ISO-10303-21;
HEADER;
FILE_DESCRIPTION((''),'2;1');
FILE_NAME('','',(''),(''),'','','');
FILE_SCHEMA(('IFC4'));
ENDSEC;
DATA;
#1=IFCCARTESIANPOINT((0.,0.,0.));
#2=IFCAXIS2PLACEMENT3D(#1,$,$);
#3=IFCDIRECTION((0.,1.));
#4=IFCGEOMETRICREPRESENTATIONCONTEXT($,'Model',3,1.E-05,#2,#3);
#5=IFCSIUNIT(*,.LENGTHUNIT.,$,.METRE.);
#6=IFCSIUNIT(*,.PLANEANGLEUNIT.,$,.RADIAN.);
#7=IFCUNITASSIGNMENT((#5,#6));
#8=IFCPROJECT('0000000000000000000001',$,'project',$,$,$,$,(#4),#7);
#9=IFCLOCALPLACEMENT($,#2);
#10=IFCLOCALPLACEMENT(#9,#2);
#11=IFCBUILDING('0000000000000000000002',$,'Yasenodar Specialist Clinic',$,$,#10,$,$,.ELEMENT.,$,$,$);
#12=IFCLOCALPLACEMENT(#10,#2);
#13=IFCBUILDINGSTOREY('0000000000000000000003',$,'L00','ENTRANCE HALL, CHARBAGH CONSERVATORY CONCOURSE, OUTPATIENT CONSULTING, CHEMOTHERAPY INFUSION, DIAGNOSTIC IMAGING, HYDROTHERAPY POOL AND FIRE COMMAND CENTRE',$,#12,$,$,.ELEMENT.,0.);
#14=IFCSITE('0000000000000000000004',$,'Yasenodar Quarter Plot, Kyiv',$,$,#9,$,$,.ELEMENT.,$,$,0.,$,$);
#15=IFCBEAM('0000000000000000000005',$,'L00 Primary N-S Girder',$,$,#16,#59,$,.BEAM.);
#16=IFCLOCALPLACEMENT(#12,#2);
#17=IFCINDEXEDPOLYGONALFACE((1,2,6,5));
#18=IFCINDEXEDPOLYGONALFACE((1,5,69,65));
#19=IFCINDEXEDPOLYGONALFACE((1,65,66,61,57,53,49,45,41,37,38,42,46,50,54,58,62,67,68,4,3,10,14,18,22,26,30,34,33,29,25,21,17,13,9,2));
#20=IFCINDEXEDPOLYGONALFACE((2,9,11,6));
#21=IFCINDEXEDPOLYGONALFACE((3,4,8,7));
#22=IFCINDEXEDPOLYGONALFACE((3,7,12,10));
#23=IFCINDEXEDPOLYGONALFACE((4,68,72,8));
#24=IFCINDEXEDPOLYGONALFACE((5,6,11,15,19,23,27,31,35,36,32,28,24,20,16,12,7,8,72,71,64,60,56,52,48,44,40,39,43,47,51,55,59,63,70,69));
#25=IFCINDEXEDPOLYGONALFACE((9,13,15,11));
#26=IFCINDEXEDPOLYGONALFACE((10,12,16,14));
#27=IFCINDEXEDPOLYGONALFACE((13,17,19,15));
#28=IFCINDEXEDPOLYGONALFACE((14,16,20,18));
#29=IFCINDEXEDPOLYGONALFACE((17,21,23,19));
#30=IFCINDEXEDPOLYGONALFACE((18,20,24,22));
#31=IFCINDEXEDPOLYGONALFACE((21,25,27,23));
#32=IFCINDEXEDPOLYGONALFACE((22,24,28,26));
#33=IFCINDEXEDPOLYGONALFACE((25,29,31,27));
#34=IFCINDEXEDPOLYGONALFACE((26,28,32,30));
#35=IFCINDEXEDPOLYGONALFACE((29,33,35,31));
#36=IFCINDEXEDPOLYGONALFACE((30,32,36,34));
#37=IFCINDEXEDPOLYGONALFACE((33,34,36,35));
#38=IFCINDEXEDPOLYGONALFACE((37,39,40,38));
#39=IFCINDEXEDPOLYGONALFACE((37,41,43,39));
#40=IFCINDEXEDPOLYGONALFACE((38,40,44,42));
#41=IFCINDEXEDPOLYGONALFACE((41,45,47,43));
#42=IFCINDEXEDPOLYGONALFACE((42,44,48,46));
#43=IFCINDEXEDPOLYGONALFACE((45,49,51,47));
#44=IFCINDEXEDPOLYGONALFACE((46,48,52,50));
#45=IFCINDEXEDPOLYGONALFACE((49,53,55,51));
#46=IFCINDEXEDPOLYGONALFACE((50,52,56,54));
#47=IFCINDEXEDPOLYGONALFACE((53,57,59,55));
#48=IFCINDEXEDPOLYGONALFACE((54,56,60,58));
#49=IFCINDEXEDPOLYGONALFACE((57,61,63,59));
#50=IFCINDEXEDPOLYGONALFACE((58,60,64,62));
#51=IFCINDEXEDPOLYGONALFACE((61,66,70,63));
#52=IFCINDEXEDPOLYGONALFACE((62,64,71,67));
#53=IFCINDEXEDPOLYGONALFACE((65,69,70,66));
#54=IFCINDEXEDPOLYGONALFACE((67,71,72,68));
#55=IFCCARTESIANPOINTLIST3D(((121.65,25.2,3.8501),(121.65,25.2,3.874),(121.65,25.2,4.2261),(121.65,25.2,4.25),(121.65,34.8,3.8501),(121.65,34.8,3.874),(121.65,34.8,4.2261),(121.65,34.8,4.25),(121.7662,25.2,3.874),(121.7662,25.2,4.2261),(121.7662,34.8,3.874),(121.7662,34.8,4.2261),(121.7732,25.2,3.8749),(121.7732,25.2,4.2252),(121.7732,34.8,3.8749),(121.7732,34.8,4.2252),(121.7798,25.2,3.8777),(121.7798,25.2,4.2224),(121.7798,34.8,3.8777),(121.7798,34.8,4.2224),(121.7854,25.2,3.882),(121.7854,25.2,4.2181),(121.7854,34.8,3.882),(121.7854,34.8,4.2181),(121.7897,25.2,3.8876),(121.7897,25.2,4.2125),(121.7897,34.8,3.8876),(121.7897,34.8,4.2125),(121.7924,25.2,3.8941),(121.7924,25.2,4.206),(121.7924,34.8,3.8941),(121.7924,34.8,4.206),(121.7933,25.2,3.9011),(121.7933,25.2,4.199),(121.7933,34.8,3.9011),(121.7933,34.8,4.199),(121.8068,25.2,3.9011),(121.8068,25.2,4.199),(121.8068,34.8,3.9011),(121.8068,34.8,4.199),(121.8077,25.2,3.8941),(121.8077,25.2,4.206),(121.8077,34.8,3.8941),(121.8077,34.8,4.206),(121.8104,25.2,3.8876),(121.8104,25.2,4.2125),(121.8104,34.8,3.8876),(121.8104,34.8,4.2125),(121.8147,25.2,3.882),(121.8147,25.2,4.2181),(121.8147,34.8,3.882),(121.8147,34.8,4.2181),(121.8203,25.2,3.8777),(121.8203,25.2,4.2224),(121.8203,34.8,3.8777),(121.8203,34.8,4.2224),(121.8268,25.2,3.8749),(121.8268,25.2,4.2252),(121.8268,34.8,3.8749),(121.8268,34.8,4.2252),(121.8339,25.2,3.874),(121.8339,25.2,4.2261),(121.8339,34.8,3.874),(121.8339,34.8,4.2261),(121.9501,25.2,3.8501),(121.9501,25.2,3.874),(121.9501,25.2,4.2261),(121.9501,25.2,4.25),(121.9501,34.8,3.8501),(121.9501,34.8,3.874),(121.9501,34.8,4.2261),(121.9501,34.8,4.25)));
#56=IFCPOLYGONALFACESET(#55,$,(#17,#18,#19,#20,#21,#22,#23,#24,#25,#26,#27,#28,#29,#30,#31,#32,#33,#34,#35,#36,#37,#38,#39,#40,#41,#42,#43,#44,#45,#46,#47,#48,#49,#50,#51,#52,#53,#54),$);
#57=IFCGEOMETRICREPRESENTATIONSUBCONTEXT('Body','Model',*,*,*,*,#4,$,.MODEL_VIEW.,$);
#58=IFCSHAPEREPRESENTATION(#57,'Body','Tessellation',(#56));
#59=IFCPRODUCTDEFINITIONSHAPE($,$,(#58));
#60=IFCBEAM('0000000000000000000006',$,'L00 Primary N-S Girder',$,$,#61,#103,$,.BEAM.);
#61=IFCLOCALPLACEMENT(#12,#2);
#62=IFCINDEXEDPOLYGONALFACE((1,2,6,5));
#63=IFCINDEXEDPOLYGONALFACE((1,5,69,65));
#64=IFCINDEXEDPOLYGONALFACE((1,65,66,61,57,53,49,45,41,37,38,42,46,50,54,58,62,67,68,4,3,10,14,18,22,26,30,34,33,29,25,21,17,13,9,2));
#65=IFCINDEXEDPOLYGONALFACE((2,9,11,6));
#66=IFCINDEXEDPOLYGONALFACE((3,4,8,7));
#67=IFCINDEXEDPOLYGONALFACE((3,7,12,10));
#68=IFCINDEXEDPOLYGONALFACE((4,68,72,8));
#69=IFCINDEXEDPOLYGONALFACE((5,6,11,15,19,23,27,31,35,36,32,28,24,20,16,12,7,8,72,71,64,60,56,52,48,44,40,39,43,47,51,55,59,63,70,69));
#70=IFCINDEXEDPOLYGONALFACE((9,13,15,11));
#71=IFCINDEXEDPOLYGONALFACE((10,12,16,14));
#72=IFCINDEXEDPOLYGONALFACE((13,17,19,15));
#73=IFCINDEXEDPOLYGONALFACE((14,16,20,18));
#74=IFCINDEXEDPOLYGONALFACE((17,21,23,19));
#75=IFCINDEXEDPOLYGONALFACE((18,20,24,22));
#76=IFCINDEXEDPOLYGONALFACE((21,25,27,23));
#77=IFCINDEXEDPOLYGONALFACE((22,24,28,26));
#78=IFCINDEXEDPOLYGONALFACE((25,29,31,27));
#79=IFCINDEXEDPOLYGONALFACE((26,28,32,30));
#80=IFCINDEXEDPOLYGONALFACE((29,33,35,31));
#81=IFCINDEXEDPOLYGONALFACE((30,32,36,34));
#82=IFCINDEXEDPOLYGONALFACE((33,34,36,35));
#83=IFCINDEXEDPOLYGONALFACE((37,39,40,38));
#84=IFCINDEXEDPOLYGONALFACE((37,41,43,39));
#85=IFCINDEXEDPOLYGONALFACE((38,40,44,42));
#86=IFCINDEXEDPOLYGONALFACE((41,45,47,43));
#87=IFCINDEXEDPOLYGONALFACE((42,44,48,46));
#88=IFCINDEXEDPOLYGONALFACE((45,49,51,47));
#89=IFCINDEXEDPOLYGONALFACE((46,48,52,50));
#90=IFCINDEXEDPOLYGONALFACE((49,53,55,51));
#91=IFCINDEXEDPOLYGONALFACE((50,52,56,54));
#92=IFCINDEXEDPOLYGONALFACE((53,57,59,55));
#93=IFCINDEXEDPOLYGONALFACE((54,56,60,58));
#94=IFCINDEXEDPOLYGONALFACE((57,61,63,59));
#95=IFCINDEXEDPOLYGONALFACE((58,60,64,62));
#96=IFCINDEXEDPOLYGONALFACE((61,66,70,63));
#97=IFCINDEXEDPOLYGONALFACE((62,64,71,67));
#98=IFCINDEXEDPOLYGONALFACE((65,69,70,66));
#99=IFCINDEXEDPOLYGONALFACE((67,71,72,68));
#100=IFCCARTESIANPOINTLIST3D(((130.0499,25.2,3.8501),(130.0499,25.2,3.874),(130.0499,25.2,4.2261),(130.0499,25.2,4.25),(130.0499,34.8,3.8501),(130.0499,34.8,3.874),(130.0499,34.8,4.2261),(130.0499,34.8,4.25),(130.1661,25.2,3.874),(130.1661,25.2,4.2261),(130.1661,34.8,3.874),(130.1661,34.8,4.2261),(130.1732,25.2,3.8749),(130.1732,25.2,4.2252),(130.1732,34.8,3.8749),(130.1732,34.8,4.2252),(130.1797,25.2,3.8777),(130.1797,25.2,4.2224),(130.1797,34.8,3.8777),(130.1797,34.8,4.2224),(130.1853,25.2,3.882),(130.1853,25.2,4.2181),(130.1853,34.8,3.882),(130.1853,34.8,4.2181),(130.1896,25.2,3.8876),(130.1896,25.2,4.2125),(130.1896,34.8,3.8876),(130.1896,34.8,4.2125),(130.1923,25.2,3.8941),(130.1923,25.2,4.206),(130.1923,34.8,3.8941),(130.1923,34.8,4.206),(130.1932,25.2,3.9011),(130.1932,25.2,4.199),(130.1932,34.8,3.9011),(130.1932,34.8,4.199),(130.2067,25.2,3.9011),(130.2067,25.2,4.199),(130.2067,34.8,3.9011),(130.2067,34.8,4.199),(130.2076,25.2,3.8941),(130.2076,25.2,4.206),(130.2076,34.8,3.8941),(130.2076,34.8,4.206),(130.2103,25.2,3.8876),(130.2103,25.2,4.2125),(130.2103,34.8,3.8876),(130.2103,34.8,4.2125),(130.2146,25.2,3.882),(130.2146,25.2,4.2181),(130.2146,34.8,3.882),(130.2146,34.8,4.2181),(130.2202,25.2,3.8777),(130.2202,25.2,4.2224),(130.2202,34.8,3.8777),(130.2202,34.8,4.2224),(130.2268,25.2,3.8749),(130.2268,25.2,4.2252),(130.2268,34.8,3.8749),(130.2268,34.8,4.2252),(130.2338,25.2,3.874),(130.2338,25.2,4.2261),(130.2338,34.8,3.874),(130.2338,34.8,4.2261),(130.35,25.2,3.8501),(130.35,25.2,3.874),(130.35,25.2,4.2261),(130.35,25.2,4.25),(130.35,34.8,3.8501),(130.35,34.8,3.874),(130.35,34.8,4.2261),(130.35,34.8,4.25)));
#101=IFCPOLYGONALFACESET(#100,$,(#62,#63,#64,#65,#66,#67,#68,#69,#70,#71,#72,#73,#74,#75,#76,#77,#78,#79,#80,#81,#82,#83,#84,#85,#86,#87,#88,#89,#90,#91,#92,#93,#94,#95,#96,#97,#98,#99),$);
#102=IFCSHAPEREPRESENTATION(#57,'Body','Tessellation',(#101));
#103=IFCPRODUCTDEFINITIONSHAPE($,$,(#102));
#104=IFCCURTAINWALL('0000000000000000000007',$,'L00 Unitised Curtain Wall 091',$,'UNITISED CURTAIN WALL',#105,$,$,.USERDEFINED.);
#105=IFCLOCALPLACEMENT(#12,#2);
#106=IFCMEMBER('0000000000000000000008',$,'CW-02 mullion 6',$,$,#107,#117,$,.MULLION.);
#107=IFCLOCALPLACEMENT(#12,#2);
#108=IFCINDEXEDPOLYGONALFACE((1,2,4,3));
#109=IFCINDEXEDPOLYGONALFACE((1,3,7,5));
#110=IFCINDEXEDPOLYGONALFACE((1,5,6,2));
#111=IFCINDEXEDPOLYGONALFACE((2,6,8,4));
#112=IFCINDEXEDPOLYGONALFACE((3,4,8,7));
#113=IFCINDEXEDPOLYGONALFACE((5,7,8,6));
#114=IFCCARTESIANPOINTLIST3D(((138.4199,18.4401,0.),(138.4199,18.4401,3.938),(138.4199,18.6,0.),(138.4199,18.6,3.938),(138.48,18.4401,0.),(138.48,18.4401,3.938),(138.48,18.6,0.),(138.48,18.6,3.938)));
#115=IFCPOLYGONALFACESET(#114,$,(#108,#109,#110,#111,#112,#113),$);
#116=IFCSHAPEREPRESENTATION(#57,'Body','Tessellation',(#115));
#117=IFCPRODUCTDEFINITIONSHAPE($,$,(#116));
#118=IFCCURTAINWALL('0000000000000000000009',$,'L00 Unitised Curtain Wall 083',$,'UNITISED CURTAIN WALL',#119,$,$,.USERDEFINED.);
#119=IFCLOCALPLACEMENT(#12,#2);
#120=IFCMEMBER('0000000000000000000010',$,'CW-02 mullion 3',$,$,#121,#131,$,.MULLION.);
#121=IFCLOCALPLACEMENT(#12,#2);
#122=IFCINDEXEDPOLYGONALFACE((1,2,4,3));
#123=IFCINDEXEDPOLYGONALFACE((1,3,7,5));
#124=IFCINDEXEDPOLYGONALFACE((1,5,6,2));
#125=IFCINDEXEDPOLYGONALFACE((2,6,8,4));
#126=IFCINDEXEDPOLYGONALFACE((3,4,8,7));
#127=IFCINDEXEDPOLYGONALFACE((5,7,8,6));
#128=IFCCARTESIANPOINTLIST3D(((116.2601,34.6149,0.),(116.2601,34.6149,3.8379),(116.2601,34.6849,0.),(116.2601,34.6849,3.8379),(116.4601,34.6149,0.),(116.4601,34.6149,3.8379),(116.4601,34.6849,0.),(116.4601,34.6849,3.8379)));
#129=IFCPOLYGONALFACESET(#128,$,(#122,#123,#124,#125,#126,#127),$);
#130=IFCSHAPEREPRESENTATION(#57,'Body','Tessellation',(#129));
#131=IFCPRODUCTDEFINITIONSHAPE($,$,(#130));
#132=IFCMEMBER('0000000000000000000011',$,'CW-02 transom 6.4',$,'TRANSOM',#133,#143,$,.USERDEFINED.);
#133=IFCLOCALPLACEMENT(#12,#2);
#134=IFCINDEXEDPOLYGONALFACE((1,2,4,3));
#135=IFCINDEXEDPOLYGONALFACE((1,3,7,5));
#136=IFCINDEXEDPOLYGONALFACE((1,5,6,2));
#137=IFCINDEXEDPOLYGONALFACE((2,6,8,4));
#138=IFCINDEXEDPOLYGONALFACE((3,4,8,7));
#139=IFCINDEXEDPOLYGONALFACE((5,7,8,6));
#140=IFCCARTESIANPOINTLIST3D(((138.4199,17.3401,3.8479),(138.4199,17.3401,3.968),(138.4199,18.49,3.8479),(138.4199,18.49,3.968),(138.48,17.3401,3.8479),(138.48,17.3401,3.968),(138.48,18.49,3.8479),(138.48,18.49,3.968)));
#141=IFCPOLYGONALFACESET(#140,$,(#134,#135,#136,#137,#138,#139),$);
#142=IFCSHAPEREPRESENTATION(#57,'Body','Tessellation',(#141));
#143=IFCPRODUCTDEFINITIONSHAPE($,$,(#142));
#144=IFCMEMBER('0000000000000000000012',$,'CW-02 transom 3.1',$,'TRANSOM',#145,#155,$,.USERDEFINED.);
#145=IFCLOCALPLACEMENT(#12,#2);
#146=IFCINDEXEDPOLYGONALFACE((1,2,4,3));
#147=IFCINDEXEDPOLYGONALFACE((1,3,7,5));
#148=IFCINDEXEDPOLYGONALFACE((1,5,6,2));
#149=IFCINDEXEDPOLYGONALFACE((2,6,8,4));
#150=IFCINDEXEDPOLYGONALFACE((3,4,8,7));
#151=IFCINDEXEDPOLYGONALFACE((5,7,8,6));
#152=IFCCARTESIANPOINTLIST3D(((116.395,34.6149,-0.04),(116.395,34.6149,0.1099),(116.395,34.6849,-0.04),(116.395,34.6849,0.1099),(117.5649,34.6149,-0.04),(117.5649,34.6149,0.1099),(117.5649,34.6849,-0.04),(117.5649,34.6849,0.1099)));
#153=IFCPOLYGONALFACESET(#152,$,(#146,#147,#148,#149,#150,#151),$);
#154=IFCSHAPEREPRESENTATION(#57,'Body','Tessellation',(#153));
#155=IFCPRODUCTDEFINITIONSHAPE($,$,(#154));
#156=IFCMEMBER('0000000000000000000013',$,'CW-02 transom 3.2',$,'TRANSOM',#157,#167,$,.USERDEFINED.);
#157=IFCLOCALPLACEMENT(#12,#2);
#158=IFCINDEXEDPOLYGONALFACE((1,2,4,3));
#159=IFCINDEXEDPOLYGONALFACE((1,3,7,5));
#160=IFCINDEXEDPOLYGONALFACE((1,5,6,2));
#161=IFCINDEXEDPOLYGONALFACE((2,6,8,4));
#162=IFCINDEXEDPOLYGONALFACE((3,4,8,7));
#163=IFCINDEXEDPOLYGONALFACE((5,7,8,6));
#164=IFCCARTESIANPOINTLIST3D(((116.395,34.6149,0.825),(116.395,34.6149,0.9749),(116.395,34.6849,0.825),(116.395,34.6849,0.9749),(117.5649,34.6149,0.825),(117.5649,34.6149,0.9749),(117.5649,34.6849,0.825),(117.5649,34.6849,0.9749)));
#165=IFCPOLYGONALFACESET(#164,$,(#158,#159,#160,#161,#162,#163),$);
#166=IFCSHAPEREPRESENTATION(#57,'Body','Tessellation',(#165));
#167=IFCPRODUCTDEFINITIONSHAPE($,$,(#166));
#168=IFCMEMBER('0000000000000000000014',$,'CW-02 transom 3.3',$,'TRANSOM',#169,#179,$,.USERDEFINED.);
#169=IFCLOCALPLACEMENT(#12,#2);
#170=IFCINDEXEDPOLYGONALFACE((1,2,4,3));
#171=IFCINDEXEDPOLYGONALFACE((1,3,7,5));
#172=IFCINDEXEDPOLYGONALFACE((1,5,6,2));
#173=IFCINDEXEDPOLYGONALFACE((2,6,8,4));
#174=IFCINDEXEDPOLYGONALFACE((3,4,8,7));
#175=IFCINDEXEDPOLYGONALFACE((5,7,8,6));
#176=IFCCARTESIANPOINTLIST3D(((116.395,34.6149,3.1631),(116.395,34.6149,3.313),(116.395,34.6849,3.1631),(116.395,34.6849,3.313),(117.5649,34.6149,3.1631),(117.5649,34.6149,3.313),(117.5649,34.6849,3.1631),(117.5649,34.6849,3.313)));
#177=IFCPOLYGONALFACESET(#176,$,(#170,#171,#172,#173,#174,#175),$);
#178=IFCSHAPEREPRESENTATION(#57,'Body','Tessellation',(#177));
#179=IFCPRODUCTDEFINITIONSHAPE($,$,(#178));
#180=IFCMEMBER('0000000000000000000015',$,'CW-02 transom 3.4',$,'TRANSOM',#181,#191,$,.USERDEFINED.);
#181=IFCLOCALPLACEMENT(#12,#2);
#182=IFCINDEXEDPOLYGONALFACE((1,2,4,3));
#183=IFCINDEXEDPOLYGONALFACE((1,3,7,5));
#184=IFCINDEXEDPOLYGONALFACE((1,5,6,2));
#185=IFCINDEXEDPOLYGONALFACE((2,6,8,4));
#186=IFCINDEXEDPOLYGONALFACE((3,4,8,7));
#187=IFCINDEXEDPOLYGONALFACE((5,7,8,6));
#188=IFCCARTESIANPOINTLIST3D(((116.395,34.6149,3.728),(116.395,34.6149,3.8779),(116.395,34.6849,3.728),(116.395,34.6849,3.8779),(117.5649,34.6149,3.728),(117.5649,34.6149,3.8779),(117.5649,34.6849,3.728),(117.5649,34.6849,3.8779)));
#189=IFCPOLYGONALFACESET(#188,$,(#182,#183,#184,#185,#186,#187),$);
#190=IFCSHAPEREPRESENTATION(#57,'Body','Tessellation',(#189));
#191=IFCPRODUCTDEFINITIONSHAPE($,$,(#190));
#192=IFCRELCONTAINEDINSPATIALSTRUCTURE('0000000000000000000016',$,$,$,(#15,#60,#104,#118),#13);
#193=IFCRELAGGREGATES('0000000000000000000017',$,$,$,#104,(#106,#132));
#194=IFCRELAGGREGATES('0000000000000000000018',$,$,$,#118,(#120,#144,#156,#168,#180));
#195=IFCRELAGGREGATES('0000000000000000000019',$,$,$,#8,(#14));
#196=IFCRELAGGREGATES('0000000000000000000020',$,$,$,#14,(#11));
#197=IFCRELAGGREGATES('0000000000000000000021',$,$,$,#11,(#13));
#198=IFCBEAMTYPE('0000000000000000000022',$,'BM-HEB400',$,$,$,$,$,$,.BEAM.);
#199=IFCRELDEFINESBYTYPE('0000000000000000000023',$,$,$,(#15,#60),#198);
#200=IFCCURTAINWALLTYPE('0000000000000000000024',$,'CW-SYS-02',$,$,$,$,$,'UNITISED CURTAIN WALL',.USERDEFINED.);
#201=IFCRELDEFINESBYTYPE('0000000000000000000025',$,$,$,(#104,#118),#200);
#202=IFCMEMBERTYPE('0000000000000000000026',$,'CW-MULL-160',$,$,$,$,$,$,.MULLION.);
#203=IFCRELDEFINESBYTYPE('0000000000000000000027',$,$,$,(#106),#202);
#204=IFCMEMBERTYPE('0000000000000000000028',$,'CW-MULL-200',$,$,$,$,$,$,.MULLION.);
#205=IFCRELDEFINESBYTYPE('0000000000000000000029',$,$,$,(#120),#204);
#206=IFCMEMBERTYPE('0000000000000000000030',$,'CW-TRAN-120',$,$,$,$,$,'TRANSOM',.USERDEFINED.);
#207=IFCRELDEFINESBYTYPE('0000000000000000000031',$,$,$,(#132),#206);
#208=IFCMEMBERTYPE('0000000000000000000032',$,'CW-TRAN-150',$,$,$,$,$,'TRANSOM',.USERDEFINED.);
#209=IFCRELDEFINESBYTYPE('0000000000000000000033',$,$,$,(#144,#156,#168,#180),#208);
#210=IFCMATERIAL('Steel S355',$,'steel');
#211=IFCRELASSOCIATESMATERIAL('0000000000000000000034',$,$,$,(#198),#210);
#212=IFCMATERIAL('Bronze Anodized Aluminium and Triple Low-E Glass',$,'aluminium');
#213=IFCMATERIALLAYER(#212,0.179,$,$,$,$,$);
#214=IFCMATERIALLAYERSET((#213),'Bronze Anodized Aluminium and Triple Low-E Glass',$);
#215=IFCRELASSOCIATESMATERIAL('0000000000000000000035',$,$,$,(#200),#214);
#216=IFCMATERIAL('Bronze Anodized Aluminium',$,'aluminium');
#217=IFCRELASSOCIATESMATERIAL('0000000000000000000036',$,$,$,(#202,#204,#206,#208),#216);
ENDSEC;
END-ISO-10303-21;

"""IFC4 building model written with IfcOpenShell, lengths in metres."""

from ifc_helpers import new_model, si_unit, direction, frame, origin, origin_2d, place, context, subcontext, project, spatial, rectangle, i_section, extrude, material, layer, layer_set, material_profile, profile_set, type_object, element, aggregate, save


model = new_model("IFC4")

# Units and contexts
model_context = context("Model", 3, precision=1e-05, world=origin(), true_north=direction((0.0, 1.0)))
body_context = subcontext(model_context, "Body", "Model", "MODEL_VIEW")
ifc_project = project(units=[si_unit("LENGTHUNIT", "METRE"), si_unit("PLANEANGLEUNIT", "RADIAN")], contexts=[model_context])

# Site, building, storey
site_placement = place(None, origin())
site = spatial("IfcSite", under=ifc_project, at=site_placement, Name="Yasenodar Quarter Plot, Kyiv", CompositionType="ELEMENT", RefElevation=0.0)
building_placement = place(site_placement, origin())
building = spatial("IfcBuilding", under=site, at=building_placement, Name="Yasenodar Specialist Clinic", CompositionType="ELEMENT")
storey_placement = place(building_placement, origin())
storey = spatial("IfcBuildingStorey", under=building, at=storey_placement, Name="L00", Description="ENTRANCE HALL, CHARBAGH CONSERVATORY CONCOURSE, OUTPATIENT CONSULTING, CHEMOTHERAPY INFUSION, DIAGNOSTIC IMAGING, HYDROTHERAPY POOL AND FIRE COMMAND CENTRE", CompositionType="ELEMENT", Elevation=0.0)

# Shared definitions
ifc_material_1 = material(Name="Steel S355", Category="steel")

# Beams
ifc_material_profile_1 = material_profile(ifc_material_1, i_section(OverallWidth=0.3, OverallDepth=0.3999, WebThickness=0.0134, FlangeThickness=0.0239, FilletRadius=0.0271, at=origin_2d()), Name="HEB 400")
ifc_profile_set_1 = profile_set([ifc_material_profile_1], Name="Steel S355")
beam_type_1 = type_object("IfcBeamType", Name="BM-HEB400", PredefinedType="BEAM", material=ifc_profile_set_1)
for number, where, z_axis, x_axis, name in (
    (1, (121.8, 25.2, 4.05), (0.0, 1.0, 0.0), (-1.0, 0.0, 0.0), "L00 Primary N-S Girder"),
    (2, (130.2, 25.2, 4.05), (0.0, 1.0, 0.0), (-1.0, 0.0, 0.0), "L00 Primary N-S Girder"),
):
    element("IfcBeam", number, at=place(storey_placement, frame(where, z_axis=z_axis, x_axis=x_axis)), inside=storey, type_object=beam_type_1, Name=name, PredefinedType="BEAM", context=body_context, shape_type="SweptSolid", body=[
        extrude(i_section(OverallWidth=0.3, OverallDepth=0.3999, WebThickness=0.0134, FlangeThickness=0.0239, FilletRadius=0.0271, at=origin_2d()), origin(), (0.0, 0.0, 1.0), 9.6001),
    ])

# Curtain walls, members
ifc_material_2 = material(Name="Bronze Anodized Aluminium and Triple Low-E Glass", Category="aluminium")
ifc_layer_1 = layer(ifc_material_2, 0.179)
ifc_layer_set_1 = layer_set([ifc_layer_1], Name="Bronze Anodized Aluminium and Triple Low-E Glass")
curtain_wall_type = type_object("IfcCurtainWallType", Name="CW-SYS-02", ElementType="UNITISED CURTAIN WALL", PredefinedType="USERDEFINED", material=ifc_layer_set_1)
curtain_wall_1_placement = place(storey_placement, origin())
curtain_wall_1 = element("IfcCurtainWall", 3, at=curtain_wall_1_placement, inside=storey, type_object=curtain_wall_type, Name="L00 Unitised Curtain Wall 091", ObjectType="UNITISED CURTAIN WALL", PredefinedType="USERDEFINED")
ifc_material_3 = material(Name="Bronze Anodized Aluminium", Category="aluminium")
ifc_material_profile_2 = material_profile(ifc_material_3, rectangle(XDim=0.0601, YDim=0.1599, at=origin_2d()), Name="CW-MULL 60x160")
ifc_profile_set_2 = profile_set([ifc_material_profile_2], Name="Bronze Anodized Aluminium")
member_type_1 = type_object("IfcMemberType", Name="CW-MULL-160", PredefinedType="MULLION", material=ifc_profile_set_2)
member_1_placement = place(storey_placement, frame((138.45, 18.52, 0.0), z_axis=(0.0, 0.0, 1.0), x_axis=(1.0, 0.0, 0.0)))
member_1 = element("IfcMember", 4, at=member_1_placement, type_object=member_type_1, Name="CW-02 mullion 6", PredefinedType="MULLION", context=body_context, shape_type="SweptSolid", body=[
    extrude(rectangle(XDim=0.0601, YDim=0.1599, at=origin_2d()), origin(), (0.0, 0.0, 1.0), 3.938),
])
curtain_wall_2_placement = place(storey_placement, origin())
curtain_wall_2 = element("IfcCurtainWall", 5, at=curtain_wall_2_placement, inside=storey, type_object=curtain_wall_type, Name="L00 Unitised Curtain Wall 083", ObjectType="UNITISED CURTAIN WALL", PredefinedType="USERDEFINED")
ifc_material_profile_3 = material_profile(ifc_material_3, rectangle(XDim=0.0701, YDim=0.2, at=origin_2d()), Name="CW-MULL 70x200")
ifc_profile_set_3 = profile_set([ifc_material_profile_3], Name="Bronze Anodized Aluminium")
member_type_2 = type_object("IfcMemberType", Name="CW-MULL-200", PredefinedType="MULLION", material=ifc_profile_set_3)
member_2_placement = place(storey_placement, frame((116.3601, 34.6499, 0.0), z_axis=(0.0, 0.0, 1.0), x_axis=(0.0, 1.0, 0.0)))
member_2 = element("IfcMember", 6, at=member_2_placement, type_object=member_type_2, Name="CW-02 mullion 3", PredefinedType="MULLION", context=body_context, shape_type="SweptSolid", body=[
    extrude(rectangle(XDim=0.0701, YDim=0.2, at=origin_2d()), origin(), (0.0, 0.0, 1.0), 3.8379),
])

# Members
ifc_material_profile_4 = material_profile(ifc_material_3, rectangle(XDim=0.0601, YDim=0.1201, at=origin_2d()), Name="CW-TRAN 60x120")
ifc_profile_set_4 = profile_set([ifc_material_profile_4], Name="Bronze Anodized Aluminium")
member_type_3 = type_object("IfcMemberType", Name="CW-TRAN-120", ElementType="TRANSOM", PredefinedType="USERDEFINED", material=ifc_profile_set_4)
member_3_placement = place(storey_placement, frame((138.45, 18.49, 3.908), z_axis=(0.0, -1.0, 0.0), x_axis=(1.0, 0.0, 0.0)))
member_3 = element("IfcMember", 7, at=member_3_placement, type_object=member_type_3, Name="CW-02 transom 6.4", ObjectType="TRANSOM", PredefinedType="USERDEFINED", context=body_context, shape_type="SweptSolid", body=[
    extrude(rectangle(XDim=0.0601, YDim=0.1201, at=origin_2d()), origin(), (0.0, 0.0, 1.0), 1.1499),
])
aggregate(curtain_wall_1, [member_1, member_3])
ifc_material_profile_5 = material_profile(ifc_material_3, rectangle(XDim=0.0701, YDim=0.1499, at=origin_2d()), Name="CW-TRAN 70x150")
ifc_profile_set_5 = profile_set([ifc_material_profile_5], Name="Bronze Anodized Aluminium")
member_type_4 = type_object("IfcMemberType", Name="CW-TRAN-150", ElementType="TRANSOM", PredefinedType="USERDEFINED", material=ifc_profile_set_5)
member_4_placement = place(storey_placement, frame((116.395, 34.6499, 0.0349), z_axis=(1.0, 0.0, 0.0), x_axis=(0.0, 1.0, 0.0)))
member_4 = element("IfcMember", 8, at=member_4_placement, type_object=member_type_4, Name="CW-02 transom 3.1", ObjectType="TRANSOM", PredefinedType="USERDEFINED", context=body_context, shape_type="SweptSolid", body=[
    extrude(rectangle(XDim=0.0701, YDim=0.1499, at=origin_2d()), origin(), (0.0, 0.0, 1.0), 1.1699),
])
member_5_placement = place(storey_placement, frame((116.395, 34.6499, 0.8999), z_axis=(1.0, 0.0, 0.0), x_axis=(0.0, 1.0, 0.0)))
member_5 = element("IfcMember", 9, at=member_5_placement, type_object=member_type_4, Name="CW-02 transom 3.2", ObjectType="TRANSOM", PredefinedType="USERDEFINED", context=body_context, shape_type="SweptSolid", body=[
    extrude(rectangle(XDim=0.0701, YDim=0.1499, at=origin_2d()), origin(), (0.0, 0.0, 1.0), 1.1699),
])
member_6_placement = place(storey_placement, frame((116.395, 34.6499, 3.238), z_axis=(1.0, 0.0, 0.0), x_axis=(0.0, 1.0, 0.0)))
member_6 = element("IfcMember", 10, at=member_6_placement, type_object=member_type_4, Name="CW-02 transom 3.3", ObjectType="TRANSOM", PredefinedType="USERDEFINED", context=body_context, shape_type="SweptSolid", body=[
    extrude(rectangle(XDim=0.0701, YDim=0.1499, at=origin_2d()), origin(), (0.0, 0.0, 1.0), 1.1699),
])
member_7_placement = place(storey_placement, frame((116.395, 34.6499, 3.803), z_axis=(1.0, 0.0, 0.0), x_axis=(0.0, 1.0, 0.0)))
member_7 = element("IfcMember", 11, at=member_7_placement, type_object=member_type_4, Name="CW-02 transom 3.4", ObjectType="TRANSOM", PredefinedType="USERDEFINED", context=body_context, shape_type="SweptSolid", body=[
    extrude(rectangle(XDim=0.0701, YDim=0.1499, at=origin_2d()), origin(), (0.0, 0.0, 1.0), 1.1699),
])

aggregate(curtain_wall_2, [member_2, member_4, member_5, member_6, member_7])

save(model, "model.ifc")
